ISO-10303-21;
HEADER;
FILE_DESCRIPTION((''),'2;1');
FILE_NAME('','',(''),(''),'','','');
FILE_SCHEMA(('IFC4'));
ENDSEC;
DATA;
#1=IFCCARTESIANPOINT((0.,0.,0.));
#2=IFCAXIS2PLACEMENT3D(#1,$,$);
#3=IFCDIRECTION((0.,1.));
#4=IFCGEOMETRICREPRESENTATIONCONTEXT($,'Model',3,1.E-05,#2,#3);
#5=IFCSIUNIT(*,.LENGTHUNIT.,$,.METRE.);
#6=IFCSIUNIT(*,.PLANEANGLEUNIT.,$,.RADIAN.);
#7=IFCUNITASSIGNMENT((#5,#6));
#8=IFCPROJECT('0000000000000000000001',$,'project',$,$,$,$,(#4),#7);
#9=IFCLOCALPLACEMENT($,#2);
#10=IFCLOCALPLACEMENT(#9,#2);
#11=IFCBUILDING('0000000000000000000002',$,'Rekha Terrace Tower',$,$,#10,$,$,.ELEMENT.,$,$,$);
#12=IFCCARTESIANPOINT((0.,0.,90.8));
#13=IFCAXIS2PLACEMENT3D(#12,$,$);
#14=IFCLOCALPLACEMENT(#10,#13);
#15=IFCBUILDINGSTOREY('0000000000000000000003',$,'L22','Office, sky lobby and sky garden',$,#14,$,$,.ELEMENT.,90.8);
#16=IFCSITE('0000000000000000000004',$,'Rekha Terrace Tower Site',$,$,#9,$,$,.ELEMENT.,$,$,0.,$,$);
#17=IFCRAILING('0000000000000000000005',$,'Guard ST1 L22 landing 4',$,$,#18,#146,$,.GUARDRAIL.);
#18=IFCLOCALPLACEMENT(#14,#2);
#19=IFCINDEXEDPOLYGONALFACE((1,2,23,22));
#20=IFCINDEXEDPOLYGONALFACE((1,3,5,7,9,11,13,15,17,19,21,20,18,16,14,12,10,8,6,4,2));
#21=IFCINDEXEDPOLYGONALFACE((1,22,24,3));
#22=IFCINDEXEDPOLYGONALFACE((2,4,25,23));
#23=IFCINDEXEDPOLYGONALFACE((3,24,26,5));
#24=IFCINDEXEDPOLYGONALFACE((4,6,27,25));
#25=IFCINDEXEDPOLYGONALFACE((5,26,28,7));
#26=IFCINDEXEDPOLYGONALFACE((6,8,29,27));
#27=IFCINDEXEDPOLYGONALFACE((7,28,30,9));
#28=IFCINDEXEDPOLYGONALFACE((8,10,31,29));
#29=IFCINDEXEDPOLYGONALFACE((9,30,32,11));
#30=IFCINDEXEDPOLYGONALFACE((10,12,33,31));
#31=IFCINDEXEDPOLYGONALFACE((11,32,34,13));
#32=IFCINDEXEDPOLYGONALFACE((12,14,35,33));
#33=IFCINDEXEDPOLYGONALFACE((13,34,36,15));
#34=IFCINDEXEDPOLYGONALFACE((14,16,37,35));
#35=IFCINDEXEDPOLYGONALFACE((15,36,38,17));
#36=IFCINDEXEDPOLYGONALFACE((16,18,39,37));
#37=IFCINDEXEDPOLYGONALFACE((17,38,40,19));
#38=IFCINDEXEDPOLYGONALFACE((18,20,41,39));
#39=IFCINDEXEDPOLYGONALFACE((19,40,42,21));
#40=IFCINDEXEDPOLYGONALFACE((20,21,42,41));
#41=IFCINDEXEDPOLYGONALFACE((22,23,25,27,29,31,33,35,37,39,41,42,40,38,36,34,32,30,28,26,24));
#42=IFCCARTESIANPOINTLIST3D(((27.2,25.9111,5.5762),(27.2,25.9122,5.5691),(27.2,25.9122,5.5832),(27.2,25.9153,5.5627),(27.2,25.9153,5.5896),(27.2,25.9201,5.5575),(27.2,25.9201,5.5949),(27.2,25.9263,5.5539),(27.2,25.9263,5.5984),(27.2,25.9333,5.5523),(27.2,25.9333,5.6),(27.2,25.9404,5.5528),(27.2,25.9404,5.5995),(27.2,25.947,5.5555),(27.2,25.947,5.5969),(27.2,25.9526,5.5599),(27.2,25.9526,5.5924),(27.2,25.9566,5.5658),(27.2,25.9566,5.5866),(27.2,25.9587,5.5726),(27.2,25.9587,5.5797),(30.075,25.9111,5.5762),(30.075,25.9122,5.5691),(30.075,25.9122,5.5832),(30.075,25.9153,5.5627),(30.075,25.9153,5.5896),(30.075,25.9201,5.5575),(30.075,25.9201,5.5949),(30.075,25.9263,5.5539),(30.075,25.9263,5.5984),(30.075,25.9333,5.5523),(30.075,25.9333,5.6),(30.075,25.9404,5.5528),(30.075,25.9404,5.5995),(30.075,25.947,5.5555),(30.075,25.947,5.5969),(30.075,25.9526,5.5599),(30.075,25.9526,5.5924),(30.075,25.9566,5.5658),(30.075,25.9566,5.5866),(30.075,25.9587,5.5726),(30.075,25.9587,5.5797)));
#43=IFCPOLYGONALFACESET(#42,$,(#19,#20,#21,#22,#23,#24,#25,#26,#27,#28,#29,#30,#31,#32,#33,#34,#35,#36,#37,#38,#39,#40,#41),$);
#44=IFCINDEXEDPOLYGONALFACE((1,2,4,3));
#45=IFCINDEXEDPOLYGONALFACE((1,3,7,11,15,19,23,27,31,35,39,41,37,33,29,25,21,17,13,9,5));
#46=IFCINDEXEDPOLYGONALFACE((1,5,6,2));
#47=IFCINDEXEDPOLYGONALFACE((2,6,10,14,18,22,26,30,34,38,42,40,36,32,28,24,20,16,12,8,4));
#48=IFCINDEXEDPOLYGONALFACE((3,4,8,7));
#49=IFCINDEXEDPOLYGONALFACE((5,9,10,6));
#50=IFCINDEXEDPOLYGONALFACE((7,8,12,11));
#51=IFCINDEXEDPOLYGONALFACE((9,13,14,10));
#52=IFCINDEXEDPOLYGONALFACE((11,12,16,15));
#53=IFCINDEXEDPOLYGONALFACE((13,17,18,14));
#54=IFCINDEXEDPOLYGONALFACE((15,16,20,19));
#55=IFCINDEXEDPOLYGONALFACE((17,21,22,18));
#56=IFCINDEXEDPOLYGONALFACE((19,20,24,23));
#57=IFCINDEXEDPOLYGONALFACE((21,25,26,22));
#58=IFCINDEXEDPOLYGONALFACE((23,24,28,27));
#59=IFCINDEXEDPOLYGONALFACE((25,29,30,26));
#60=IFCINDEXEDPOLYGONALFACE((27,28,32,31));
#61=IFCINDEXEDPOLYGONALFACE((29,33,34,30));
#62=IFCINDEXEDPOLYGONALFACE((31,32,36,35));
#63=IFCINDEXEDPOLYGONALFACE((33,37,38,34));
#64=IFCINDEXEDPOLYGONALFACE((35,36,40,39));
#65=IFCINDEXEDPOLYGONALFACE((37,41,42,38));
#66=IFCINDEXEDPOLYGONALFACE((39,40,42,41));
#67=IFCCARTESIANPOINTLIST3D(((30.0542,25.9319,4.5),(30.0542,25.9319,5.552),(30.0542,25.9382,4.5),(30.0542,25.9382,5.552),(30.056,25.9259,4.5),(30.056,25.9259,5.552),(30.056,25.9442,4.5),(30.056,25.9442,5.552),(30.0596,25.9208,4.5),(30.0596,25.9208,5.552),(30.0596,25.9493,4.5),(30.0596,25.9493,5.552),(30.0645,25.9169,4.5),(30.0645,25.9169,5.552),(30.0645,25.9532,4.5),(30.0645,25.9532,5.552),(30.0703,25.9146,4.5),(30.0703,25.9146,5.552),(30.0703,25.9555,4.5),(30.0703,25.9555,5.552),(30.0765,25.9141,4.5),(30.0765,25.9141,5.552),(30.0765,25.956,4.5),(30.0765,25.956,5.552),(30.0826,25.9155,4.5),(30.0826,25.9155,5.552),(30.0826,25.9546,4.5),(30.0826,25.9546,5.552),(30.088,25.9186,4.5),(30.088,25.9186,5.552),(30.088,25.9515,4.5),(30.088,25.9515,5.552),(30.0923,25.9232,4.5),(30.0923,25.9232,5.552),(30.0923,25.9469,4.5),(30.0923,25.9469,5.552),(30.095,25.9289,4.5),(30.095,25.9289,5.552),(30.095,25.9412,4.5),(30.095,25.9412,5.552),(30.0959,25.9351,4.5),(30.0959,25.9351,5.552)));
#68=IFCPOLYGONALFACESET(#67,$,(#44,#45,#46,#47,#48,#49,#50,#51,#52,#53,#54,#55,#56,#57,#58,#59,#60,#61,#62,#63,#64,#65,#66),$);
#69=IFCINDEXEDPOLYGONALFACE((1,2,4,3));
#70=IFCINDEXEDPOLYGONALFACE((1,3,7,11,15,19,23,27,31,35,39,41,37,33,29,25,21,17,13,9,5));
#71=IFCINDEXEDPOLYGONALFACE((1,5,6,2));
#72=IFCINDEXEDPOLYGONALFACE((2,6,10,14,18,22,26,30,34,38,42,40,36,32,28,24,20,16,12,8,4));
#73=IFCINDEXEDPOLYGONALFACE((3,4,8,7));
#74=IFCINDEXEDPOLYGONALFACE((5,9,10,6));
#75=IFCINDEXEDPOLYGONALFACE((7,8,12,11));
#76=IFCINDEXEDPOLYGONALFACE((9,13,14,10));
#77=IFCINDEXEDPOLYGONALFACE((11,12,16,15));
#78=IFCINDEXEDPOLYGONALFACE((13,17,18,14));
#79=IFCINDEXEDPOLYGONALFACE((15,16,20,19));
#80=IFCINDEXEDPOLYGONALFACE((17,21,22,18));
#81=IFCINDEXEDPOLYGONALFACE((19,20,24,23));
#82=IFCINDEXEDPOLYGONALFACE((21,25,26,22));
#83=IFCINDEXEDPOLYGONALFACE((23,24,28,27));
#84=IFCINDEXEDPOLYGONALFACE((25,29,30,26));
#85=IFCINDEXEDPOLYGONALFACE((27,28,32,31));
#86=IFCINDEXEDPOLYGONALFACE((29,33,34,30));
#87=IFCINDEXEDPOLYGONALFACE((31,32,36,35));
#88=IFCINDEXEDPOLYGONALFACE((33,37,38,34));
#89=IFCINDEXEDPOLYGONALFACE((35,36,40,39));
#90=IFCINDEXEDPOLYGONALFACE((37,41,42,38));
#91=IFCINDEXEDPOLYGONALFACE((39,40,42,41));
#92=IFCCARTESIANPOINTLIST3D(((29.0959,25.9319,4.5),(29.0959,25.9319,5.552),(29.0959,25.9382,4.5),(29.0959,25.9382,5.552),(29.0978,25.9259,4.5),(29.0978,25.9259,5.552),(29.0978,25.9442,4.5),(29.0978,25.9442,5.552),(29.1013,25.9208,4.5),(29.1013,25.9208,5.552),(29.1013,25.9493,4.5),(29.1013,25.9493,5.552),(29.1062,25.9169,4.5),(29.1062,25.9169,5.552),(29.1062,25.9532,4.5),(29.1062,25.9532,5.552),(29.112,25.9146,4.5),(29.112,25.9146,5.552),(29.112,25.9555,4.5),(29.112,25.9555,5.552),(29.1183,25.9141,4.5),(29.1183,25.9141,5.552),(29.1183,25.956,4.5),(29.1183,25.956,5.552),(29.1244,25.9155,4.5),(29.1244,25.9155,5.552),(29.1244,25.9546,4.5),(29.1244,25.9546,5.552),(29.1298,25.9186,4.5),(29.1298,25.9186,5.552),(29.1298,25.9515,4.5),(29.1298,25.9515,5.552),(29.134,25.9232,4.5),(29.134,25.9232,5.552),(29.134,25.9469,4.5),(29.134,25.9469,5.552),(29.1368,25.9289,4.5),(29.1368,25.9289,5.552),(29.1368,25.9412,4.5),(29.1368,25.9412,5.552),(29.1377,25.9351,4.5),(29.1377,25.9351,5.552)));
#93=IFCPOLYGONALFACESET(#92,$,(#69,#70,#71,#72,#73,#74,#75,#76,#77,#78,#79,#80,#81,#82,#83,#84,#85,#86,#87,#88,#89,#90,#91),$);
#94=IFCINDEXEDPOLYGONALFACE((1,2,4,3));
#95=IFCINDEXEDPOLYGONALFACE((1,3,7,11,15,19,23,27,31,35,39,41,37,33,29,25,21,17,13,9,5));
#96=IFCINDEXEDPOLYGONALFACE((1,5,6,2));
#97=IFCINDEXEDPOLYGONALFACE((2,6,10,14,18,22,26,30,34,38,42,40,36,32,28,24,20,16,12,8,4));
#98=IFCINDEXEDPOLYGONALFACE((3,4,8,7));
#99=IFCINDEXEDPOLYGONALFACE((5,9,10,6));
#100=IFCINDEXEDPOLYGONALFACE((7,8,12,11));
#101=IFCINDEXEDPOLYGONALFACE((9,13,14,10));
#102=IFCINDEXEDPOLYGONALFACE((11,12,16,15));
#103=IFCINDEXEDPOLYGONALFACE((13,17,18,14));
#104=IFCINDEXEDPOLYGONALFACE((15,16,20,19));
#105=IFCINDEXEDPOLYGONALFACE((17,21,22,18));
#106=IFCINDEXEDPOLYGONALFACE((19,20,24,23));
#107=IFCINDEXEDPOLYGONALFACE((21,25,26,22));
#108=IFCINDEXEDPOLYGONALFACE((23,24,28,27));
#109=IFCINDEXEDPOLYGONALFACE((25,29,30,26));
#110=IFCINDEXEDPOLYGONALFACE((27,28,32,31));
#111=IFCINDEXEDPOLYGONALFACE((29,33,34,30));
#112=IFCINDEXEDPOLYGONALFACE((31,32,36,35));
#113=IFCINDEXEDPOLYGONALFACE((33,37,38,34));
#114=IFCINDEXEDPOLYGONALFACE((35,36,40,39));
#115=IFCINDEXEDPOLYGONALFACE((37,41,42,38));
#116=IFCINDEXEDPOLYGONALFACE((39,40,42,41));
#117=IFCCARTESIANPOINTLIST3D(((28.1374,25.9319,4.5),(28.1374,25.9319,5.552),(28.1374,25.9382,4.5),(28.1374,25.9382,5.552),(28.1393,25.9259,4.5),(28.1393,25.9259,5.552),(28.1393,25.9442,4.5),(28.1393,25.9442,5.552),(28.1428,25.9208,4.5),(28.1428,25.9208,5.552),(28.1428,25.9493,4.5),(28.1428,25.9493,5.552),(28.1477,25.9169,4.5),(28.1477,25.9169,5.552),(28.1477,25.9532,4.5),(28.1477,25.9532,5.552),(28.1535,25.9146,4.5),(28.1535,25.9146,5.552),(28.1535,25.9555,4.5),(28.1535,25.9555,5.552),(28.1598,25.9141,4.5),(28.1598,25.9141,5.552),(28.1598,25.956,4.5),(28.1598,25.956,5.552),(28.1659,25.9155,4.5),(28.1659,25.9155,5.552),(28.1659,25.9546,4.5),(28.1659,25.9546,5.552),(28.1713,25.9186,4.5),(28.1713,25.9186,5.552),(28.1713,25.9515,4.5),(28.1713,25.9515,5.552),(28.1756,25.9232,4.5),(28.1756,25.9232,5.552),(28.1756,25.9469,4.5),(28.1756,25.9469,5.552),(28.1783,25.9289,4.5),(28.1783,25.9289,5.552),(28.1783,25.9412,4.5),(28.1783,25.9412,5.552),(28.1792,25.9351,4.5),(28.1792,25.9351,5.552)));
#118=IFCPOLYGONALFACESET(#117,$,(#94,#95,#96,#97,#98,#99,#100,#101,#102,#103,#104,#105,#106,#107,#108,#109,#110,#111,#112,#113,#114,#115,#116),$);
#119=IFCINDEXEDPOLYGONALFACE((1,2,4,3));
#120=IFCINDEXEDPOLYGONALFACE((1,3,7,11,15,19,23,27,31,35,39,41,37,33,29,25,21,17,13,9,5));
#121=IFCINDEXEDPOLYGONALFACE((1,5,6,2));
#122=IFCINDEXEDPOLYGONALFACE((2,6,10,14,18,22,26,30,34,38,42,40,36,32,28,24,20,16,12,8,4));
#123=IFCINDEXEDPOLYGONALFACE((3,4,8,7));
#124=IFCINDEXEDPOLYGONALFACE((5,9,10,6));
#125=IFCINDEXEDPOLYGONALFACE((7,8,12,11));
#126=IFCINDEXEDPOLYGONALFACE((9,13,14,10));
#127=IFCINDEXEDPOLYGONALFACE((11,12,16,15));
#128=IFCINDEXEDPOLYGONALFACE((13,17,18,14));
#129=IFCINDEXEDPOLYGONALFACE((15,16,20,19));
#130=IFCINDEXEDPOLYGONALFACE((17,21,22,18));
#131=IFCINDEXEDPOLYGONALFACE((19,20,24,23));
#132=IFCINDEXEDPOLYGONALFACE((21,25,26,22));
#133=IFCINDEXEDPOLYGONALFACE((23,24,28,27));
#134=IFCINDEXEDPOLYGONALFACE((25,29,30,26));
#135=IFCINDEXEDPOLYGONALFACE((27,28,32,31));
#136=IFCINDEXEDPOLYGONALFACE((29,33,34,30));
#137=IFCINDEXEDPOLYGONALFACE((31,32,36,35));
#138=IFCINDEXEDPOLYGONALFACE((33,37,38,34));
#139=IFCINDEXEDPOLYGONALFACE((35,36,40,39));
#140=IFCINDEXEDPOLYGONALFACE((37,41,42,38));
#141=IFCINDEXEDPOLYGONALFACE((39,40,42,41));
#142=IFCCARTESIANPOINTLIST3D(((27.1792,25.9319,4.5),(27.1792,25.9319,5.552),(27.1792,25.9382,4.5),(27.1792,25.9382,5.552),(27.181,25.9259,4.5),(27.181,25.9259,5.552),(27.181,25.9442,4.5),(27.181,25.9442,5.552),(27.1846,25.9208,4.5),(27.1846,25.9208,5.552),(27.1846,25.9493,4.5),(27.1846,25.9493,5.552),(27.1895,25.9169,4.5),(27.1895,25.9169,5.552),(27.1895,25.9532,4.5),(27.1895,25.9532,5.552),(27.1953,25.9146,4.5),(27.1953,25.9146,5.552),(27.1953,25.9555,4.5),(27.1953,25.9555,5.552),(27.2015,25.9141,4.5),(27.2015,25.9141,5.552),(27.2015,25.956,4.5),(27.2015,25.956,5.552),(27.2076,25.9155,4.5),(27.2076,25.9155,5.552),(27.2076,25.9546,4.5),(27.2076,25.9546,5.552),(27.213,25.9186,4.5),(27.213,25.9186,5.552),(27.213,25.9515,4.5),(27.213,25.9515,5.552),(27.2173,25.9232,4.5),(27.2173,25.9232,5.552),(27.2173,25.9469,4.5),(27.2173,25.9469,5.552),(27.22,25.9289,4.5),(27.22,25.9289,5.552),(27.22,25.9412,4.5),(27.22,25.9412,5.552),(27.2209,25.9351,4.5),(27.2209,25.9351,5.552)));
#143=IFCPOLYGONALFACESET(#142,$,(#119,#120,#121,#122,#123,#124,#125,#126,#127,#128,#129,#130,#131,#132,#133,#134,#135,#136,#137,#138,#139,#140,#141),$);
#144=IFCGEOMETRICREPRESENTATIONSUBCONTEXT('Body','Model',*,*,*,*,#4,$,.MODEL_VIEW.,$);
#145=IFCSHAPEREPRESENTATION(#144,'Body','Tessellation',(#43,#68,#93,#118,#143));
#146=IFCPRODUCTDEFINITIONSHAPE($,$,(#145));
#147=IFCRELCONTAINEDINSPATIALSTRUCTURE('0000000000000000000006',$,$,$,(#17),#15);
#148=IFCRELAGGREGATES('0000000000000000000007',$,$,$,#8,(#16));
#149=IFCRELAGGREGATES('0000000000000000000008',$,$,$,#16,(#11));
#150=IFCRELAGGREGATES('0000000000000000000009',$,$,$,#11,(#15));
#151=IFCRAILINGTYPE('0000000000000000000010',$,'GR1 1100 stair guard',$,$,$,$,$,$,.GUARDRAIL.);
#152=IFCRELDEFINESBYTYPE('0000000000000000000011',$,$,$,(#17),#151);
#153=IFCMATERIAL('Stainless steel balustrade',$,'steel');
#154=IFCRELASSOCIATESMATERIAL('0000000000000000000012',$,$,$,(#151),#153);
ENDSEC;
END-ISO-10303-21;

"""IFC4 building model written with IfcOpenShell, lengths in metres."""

from ifc_helpers import new_model, si_unit, direction, frame, origin, origin_2d, place, context, subcontext, project, spatial, circle, extrude, material, type_object, element, save


model = new_model("IFC4")

# Units and contexts
model_context = context("Model", 3, precision=1e-05, world=origin(), true_north=direction((0.0, 1.0)))
body_context = subcontext(model_context, "Body", "Model", "MODEL_VIEW")
ifc_project = project(units=[si_unit("LENGTHUNIT", "METRE"), si_unit("PLANEANGLEUNIT", "RADIAN")], contexts=[model_context])

# Site, building, storey
site_placement = place(None, origin())
site = spatial("IfcSite", under=ifc_project, at=site_placement, Name="Rekha Terrace Tower Site", CompositionType="ELEMENT", RefElevation=0.0)
building_placement = place(site_placement, origin())
building = spatial("IfcBuilding", under=site, at=building_placement, Name="Rekha Terrace Tower", CompositionType="ELEMENT")
storey_placement = place(building_placement, frame((0.0, 0.0, 90.8)))
storey = spatial("IfcBuildingStorey", under=building, at=storey_placement, Name="L22", Description="Office, sky lobby and sky garden", CompositionType="ELEMENT", Elevation=90.8)

# Railing
ifc_material_1 = material(Name="Stainless steel balustrade", Category="steel")
railing_type_1 = type_object("IfcRailingType", Name="GR1 1100 stair guard", PredefinedType="GUARDRAIL", material=ifc_material_1)
railing_1_placement = place(storey_placement, frame((30.075, 25.9351, 4.5)))
element("IfcRailing", 1, at=railing_1_placement, inside=storey, type_object=railing_type_1, Name="Guard ST1 L22 landing 4", PredefinedType="GUARDRAIL", context=body_context, shape_type="SweptSolid", body=[
    extrude(circle(Radius=0.0239, at=origin_2d()), frame((0.0, 0.0, 1.0762), z_axis=(-1.0, 0.0, 0.0), x_axis=(0.0, -1.0, 0.0)), (0.0, 0.0, 1.0), 2.875),
    extrude(circle(Radius=0.021, at=origin_2d()), origin(), (0.0, 0.0, 1.0), 1.052),
    extrude(circle(Radius=0.021, at=origin_2d()), frame((-0.9583, 0.0, 0.0)), (0.0, 0.0, 1.0), 1.052),
    extrude(circle(Radius=0.021, at=origin_2d()), frame((-1.9167, 0.0, 0.0)), (0.0, 0.0, 1.0), 1.052),
    extrude(circle(Radius=0.021, at=origin_2d()), frame((-2.875, 0.0, 0.0)), (0.0, 0.0, 1.0), 1.052),
])

save(model, "model.ifc")
